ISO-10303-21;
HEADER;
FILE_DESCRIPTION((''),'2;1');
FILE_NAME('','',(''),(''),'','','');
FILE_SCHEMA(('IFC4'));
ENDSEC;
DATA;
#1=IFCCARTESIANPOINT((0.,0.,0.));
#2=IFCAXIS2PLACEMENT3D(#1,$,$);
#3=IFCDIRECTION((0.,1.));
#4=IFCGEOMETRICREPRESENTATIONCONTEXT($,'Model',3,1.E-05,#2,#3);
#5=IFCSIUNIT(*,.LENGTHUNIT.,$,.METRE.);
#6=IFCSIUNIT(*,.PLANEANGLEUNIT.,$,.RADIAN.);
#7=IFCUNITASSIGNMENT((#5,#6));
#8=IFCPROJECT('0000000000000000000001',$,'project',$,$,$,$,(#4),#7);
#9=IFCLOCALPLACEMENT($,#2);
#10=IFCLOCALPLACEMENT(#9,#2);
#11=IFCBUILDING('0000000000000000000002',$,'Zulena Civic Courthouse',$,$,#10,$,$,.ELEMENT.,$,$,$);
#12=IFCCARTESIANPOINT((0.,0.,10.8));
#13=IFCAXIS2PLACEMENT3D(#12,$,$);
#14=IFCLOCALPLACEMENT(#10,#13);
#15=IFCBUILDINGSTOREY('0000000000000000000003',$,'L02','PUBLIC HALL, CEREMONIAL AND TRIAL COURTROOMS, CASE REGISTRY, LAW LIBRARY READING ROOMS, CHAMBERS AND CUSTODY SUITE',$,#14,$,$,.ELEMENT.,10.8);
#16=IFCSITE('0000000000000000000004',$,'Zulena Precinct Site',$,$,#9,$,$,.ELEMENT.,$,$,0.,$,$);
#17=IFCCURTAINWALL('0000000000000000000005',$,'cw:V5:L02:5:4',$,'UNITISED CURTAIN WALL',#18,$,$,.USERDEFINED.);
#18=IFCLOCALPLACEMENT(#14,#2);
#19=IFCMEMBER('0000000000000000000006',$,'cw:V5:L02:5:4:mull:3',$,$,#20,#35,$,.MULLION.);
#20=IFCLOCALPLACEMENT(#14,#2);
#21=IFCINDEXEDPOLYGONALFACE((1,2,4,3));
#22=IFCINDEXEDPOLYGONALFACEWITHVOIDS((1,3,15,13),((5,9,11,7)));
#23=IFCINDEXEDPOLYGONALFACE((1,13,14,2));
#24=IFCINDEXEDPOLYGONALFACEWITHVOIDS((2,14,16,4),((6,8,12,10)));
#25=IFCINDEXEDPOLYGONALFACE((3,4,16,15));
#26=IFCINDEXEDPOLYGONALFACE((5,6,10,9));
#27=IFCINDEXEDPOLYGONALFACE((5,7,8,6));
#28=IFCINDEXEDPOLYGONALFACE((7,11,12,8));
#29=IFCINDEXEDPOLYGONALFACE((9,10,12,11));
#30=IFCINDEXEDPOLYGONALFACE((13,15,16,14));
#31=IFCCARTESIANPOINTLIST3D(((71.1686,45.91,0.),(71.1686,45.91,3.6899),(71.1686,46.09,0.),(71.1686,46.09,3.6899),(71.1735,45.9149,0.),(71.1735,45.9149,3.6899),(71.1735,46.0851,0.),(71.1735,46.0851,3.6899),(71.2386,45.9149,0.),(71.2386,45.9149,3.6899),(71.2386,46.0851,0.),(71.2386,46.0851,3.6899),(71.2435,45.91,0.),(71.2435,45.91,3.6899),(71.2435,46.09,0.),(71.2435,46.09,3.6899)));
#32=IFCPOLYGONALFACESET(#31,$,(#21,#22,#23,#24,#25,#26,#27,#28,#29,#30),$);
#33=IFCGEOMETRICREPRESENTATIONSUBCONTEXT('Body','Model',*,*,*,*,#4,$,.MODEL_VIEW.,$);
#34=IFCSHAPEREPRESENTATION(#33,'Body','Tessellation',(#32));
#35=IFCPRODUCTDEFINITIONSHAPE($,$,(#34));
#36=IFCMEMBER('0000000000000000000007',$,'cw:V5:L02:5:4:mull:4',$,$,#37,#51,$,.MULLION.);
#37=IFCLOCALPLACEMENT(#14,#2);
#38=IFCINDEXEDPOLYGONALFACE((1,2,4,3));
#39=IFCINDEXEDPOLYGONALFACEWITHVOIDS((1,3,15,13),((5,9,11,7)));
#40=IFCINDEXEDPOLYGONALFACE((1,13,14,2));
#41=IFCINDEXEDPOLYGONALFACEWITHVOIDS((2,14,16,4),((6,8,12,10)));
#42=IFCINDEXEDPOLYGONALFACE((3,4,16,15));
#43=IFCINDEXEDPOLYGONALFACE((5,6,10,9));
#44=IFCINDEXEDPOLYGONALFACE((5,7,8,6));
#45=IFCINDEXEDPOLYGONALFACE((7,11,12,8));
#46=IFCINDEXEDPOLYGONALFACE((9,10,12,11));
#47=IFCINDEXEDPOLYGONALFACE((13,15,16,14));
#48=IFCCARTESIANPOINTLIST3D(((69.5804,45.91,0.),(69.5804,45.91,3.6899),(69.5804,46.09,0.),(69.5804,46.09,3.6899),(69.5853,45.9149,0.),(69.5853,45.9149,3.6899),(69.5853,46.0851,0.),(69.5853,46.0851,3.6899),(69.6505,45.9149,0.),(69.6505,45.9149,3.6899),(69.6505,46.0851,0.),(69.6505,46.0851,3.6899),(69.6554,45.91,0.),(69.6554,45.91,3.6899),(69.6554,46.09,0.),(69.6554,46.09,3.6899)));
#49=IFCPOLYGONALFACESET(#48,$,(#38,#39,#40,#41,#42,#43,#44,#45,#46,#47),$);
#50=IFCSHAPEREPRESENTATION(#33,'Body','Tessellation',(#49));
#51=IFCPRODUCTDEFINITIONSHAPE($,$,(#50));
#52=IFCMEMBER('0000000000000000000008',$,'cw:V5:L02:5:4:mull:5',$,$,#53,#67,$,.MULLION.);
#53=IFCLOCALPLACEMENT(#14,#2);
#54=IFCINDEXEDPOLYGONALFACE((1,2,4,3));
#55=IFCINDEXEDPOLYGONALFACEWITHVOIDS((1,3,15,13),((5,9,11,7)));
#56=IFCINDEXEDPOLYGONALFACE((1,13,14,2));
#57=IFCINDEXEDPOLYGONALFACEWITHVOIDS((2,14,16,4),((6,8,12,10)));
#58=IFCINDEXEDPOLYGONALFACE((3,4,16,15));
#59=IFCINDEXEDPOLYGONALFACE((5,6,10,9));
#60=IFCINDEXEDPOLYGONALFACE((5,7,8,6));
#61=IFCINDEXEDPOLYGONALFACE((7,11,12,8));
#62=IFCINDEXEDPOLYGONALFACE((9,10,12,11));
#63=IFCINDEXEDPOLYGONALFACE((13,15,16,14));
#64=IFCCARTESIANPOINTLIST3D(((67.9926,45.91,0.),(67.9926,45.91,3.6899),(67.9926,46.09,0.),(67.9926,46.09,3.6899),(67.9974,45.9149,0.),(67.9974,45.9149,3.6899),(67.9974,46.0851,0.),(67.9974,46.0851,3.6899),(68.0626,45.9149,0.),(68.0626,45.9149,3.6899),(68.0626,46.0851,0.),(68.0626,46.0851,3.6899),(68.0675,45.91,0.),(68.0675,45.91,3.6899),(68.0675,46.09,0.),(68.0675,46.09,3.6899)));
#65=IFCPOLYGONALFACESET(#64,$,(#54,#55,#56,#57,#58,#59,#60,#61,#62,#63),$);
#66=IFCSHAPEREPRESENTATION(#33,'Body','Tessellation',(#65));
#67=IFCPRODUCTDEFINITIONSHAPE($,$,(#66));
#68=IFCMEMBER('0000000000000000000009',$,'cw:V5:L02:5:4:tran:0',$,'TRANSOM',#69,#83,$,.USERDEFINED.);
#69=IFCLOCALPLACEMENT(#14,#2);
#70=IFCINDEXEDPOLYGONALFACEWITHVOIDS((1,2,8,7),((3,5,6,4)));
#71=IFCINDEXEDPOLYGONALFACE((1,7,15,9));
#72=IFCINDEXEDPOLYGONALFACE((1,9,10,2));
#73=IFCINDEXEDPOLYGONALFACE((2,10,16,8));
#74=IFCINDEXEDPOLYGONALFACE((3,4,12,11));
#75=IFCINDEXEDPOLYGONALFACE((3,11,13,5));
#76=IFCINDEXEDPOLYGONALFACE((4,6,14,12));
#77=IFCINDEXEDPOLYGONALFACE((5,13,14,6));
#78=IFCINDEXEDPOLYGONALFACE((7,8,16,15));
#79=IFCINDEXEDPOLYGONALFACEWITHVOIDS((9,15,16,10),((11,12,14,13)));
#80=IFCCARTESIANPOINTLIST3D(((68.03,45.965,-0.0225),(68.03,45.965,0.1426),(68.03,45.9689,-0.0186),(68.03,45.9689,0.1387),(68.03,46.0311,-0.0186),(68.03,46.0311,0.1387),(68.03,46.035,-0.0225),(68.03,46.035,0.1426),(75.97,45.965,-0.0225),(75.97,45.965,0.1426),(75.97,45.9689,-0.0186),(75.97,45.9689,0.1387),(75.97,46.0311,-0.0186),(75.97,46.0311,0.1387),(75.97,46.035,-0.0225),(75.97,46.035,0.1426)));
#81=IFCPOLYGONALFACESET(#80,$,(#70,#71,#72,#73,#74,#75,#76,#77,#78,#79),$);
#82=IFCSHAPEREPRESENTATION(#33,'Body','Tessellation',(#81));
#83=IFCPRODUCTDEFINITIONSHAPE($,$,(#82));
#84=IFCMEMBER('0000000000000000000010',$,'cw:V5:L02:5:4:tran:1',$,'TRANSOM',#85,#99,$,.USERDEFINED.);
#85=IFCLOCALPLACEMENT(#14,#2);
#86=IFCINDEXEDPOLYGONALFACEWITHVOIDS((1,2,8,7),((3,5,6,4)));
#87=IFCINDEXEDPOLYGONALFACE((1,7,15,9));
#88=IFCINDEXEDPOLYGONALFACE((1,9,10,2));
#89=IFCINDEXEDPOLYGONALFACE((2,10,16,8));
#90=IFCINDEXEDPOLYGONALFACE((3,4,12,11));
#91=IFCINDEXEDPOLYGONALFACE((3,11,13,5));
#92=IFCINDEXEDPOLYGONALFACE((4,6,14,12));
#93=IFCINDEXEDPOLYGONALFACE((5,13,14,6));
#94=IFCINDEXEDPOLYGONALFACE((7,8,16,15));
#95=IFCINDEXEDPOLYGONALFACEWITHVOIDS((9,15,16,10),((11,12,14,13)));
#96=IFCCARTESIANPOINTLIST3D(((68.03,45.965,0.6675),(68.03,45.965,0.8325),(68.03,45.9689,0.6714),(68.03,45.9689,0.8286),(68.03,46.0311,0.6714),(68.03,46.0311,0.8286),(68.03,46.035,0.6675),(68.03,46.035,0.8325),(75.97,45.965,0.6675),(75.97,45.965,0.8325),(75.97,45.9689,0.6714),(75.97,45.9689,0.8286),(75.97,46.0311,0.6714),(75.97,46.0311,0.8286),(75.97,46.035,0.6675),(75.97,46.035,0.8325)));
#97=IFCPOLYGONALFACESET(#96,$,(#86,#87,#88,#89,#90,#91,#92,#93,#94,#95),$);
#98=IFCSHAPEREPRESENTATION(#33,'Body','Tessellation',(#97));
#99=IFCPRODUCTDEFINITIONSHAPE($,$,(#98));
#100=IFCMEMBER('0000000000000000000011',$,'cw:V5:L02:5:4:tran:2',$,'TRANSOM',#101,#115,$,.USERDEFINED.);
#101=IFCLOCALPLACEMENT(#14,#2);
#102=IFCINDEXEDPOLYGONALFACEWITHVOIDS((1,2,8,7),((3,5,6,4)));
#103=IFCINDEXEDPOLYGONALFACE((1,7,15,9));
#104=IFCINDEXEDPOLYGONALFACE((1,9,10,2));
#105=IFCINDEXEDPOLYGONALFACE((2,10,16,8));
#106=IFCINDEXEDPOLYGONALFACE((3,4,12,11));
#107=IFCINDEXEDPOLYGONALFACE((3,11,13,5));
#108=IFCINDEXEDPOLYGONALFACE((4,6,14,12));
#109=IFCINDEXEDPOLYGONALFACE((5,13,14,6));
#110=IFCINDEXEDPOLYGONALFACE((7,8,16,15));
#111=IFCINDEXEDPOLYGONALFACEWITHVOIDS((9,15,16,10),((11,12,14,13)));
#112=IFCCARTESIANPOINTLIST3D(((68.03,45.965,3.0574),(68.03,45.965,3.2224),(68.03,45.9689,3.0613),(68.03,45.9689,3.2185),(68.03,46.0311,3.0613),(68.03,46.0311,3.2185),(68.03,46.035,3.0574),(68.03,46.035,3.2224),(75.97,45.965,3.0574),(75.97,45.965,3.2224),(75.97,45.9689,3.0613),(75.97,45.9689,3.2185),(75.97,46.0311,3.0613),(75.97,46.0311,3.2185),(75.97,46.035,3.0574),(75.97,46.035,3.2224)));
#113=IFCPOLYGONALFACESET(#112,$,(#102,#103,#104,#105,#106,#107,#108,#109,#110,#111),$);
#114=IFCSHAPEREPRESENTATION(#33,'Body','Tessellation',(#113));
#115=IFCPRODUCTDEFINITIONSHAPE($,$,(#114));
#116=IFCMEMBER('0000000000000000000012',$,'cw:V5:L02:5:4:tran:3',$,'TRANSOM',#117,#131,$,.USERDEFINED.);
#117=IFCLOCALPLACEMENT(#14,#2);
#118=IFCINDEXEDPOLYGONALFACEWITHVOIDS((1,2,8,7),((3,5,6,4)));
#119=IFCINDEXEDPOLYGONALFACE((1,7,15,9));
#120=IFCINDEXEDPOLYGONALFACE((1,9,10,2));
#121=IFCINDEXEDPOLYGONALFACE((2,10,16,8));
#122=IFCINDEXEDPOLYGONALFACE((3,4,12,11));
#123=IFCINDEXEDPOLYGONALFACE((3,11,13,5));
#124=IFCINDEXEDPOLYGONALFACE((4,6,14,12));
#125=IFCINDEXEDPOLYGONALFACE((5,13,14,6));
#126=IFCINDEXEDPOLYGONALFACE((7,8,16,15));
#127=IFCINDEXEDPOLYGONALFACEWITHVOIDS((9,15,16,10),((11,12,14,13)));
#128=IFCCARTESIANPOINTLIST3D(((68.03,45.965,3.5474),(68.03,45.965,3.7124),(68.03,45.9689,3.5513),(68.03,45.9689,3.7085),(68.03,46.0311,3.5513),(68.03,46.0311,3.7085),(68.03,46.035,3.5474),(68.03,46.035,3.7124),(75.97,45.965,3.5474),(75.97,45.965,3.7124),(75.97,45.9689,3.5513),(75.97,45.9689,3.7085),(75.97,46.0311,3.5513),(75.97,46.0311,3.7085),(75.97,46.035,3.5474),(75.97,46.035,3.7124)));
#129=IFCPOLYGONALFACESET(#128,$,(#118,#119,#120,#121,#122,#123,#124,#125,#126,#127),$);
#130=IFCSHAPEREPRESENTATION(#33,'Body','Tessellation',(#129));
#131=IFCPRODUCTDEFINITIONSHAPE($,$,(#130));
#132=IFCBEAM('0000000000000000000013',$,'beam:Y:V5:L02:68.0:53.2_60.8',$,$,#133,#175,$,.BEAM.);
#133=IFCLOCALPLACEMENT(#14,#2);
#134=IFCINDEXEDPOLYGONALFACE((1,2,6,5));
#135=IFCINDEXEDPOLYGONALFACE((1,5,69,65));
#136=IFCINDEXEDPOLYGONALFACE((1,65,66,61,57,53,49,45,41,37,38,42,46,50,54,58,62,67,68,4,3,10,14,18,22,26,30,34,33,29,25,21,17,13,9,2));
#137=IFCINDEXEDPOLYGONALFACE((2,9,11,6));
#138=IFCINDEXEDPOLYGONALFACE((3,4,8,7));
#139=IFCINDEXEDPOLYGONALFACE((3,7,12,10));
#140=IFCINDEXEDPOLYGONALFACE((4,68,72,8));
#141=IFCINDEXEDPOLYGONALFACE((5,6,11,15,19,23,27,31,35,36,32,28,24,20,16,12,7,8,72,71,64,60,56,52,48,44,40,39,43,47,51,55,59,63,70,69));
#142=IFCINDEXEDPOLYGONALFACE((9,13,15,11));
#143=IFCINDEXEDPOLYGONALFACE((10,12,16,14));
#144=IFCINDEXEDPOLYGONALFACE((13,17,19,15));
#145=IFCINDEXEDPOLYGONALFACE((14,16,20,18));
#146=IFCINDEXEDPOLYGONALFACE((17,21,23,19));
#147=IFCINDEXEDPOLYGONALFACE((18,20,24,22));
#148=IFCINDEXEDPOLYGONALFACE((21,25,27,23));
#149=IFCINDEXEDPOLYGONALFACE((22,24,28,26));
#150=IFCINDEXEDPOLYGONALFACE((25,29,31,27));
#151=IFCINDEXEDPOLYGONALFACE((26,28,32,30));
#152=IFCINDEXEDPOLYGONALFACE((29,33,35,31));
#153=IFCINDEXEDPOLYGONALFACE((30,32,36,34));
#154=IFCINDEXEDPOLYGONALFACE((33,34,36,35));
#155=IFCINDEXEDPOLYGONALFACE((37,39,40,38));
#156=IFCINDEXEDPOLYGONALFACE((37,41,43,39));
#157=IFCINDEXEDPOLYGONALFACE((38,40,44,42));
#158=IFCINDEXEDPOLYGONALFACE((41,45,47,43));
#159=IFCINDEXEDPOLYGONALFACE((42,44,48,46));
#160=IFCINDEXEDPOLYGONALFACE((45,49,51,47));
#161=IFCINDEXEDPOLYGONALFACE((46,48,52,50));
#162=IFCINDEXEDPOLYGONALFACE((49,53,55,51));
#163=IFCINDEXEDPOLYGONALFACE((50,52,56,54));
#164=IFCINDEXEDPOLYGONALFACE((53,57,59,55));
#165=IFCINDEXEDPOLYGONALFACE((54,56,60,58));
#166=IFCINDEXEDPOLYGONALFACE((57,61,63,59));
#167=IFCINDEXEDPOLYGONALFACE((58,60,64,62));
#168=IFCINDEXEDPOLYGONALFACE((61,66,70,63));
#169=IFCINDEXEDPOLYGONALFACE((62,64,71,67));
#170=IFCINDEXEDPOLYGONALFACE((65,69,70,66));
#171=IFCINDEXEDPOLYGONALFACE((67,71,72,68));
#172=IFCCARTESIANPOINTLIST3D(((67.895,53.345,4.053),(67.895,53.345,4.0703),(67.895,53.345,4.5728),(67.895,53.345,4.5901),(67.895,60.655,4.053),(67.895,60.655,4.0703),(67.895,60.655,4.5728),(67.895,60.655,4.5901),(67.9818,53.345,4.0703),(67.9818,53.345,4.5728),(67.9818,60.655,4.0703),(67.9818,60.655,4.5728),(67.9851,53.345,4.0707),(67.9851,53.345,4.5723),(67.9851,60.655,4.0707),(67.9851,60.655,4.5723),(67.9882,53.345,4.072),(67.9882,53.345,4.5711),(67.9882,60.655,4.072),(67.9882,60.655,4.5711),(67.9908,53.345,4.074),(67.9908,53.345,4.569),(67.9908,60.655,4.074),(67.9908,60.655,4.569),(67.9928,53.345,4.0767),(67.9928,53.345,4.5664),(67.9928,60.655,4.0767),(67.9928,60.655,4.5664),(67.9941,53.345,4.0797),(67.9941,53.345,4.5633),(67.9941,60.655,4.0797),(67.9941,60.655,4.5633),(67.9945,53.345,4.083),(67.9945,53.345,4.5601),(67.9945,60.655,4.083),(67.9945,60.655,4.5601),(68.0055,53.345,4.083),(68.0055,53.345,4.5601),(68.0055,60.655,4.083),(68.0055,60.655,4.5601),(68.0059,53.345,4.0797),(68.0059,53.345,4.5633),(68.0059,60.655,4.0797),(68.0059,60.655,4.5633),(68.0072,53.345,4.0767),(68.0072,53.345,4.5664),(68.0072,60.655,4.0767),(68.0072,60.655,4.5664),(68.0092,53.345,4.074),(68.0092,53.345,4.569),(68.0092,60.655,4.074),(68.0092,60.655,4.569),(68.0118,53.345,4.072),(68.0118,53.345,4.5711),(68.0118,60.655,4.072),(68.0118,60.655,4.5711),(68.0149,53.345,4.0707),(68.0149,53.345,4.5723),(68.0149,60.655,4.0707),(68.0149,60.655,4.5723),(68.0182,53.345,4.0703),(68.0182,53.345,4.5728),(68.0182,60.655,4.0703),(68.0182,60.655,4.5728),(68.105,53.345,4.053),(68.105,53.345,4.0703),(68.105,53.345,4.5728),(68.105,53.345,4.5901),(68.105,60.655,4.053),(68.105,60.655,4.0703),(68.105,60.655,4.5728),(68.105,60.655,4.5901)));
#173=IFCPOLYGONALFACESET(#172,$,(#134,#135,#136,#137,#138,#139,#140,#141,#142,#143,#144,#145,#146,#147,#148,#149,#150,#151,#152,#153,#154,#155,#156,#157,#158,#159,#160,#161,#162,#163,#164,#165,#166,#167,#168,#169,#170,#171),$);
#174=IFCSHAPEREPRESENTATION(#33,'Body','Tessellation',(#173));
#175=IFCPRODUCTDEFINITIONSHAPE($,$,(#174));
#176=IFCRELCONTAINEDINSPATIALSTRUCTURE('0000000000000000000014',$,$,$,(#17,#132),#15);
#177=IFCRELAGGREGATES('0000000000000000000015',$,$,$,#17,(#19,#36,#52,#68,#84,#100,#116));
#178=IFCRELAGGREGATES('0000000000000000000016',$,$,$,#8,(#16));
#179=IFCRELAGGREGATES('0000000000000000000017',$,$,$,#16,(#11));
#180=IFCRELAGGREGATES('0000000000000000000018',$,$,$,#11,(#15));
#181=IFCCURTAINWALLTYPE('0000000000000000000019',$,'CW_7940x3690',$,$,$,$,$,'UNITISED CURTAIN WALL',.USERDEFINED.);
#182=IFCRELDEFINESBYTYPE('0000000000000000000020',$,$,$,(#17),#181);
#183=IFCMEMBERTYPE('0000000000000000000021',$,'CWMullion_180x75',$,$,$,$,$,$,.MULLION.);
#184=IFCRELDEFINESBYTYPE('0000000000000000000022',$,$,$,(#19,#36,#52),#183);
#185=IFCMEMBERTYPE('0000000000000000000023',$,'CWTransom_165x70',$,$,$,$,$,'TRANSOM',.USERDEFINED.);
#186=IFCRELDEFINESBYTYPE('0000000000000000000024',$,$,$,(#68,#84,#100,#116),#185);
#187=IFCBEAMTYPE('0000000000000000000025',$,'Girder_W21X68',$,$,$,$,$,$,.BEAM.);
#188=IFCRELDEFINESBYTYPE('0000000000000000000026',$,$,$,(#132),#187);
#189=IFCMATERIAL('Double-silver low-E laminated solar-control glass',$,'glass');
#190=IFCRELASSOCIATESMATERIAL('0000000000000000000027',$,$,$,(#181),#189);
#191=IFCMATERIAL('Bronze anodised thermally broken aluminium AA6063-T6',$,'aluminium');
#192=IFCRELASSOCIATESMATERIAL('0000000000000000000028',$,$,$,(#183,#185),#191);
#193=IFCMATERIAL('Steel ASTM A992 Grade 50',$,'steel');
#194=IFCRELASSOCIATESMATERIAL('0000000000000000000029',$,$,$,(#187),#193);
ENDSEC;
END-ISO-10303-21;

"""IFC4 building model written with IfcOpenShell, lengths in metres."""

from ifc_helpers import new_model, si_unit, direction, frame, origin, origin_2d, place, context, subcontext, project, spatial, hollow_rectangle, i_section, extrude, material, material_profile, profile_set, type_object, element, aggregate, save


model = new_model("IFC4")

# Units and contexts
model_context = context("Model", 3, precision=1e-05, world=origin(), true_north=direction((0.0, 1.0)))
body_context = subcontext(model_context, "Body", "Model", "MODEL_VIEW")
ifc_project = project(units=[si_unit("LENGTHUNIT", "METRE"), si_unit("PLANEANGLEUNIT", "RADIAN")], contexts=[model_context])

# Site, building, storey
site_placement = place(None, origin())
site = spatial("IfcSite", under=ifc_project, at=site_placement, Name="Zulena Precinct Site", CompositionType="ELEMENT", RefElevation=0.0)
building_placement = place(site_placement, origin())
building = spatial("IfcBuilding", under=site, at=building_placement, Name="Zulena Civic Courthouse", CompositionType="ELEMENT")
storey_placement = place(building_placement, frame((0.0, 0.0, 10.8)))
storey = spatial("IfcBuildingStorey", under=building, at=storey_placement, Name="L02", Description="PUBLIC HALL, CEREMONIAL AND TRIAL COURTROOMS, CASE REGISTRY, LAW LIBRARY READING ROOMS, CHAMBERS AND CUSTODY SUITE", CompositionType="ELEMENT", Elevation=10.8)

# Shared definitions
ifc_material_1 = material(Name="Steel ASTM A992 Grade 50", Category="steel")

# Curtain wall, members
ifc_material_2 = material(Name="Double-silver low-E laminated solar-control glass", Category="glass")
curtain_wall_type = type_object("IfcCurtainWallType", Name="CW_7940x3690", ElementType="UNITISED CURTAIN WALL", PredefinedType="USERDEFINED", material=ifc_material_2)
curtain_wall_placement = place(storey_placement, origin())
curtain_wall = element("IfcCurtainWall", 1, at=curtain_wall_placement, inside=storey, type_object=curtain_wall_type, Name="cw:V5:L02:5:4", ObjectType="UNITISED CURTAIN WALL", PredefinedType="USERDEFINED")
ifc_material_3 = material(Name="Bronze anodised thermally broken aluminium AA6063-T6", Category="aluminium")
ifc_material_profile_1 = material_profile(ifc_material_3, hollow_rectangle(XDim=0.075, YDim=0.1799, WallThickness=0.0049, at=origin_2d()), Name="CWM180X75X5")
ifc_profile_set_1 = profile_set([ifc_material_profile_1], Name="Bronze anodised thermally broken aluminium AA6063-T6")
member_type_1 = type_object("IfcMemberType", Name="CWMullion_180x75", PredefinedType="MULLION", material=ifc_profile_set_1)
member_1_placement = place(storey_placement, frame((71.2061, 46.0, 0.0), z_axis=(0.0, 0.0, 1.0), x_axis=(1.0, 0.0, 0.0)))
member_1 = element("IfcMember", 2, at=member_1_placement, type_object=member_type_1, Name="cw:V5:L02:5:4:mull:3", PredefinedType="MULLION", context=body_context, shape_type="SweptSolid", body=[
    extrude(hollow_rectangle(XDim=0.075, YDim=0.1799, WallThickness=0.0049, at=origin_2d()), origin(), (0.0, 0.0, 1.0), 3.6899),
])
member_2_placement = place(storey_placement, frame((69.6179, 46.0, 0.0), z_axis=(0.0, 0.0, 1.0), x_axis=(1.0, 0.0, 0.0)))
member_2 = element("IfcMember", 3, at=member_2_placement, type_object=member_type_1, Name="cw:V5:L02:5:4:mull:4", PredefinedType="MULLION", context=body_context, shape_type="SweptSolid", body=[
    extrude(hollow_rectangle(XDim=0.075, YDim=0.1799, WallThickness=0.0049, at=origin_2d()), origin(), (0.0, 0.0, 1.0), 3.6899),
])
member_3_placement = place(storey_placement, frame((68.03, 46.0, 0.0), z_axis=(0.0, 0.0, 1.0), x_axis=(1.0, 0.0, 0.0)))
member_3 = element("IfcMember", 4, at=member_3_placement, type_object=member_type_1, Name="cw:V5:L02:5:4:mull:5", PredefinedType="MULLION", context=body_context, shape_type="SweptSolid", body=[
    extrude(hollow_rectangle(XDim=0.075, YDim=0.1799, WallThickness=0.0049, at=origin_2d()), origin(), (0.0, 0.0, 1.0), 3.6899),
])
ifc_material_profile_2 = material_profile(ifc_material_3, hollow_rectangle(XDim=0.0701, YDim=0.165, WallThickness=0.0039, at=origin_2d()), Name="CWT165X70X4")
ifc_profile_set_2 = profile_set([ifc_material_profile_2], Name="Bronze anodised thermally broken aluminium AA6063-T6")
member_type_2 = type_object("IfcMemberType", Name="CWTransom_165x70", ElementType="TRANSOM", PredefinedType="USERDEFINED", material=ifc_profile_set_2)
member_4_placement = place(storey_placement, frame((75.97, 46.0, 0.0601), z_axis=(-1.0, 0.0, 0.0), x_axis=(0.0, -1.0, 0.0)))
member_4 = element("IfcMember", 5, at=member_4_placement, type_object=member_type_2, Name="cw:V5:L02:5:4:tran:0", ObjectType="TRANSOM", PredefinedType="USERDEFINED", context=body_context, shape_type="SweptSolid", body=[
    extrude(hollow_rectangle(XDim=0.0701, YDim=0.165, WallThickness=0.0039, at=origin_2d()), origin(), (0.0, 0.0, 1.0), 7.9399),
])
member_5_placement = place(storey_placement, frame((75.97, 46.0, 0.75), z_axis=(-1.0, 0.0, 0.0), x_axis=(0.0, -1.0, 0.0)))
member_5 = element("IfcMember", 6, at=member_5_placement, type_object=member_type_2, Name="cw:V5:L02:5:4:tran:1", ObjectType="TRANSOM", PredefinedType="USERDEFINED", context=body_context, shape_type="SweptSolid", body=[
    extrude(hollow_rectangle(XDim=0.0701, YDim=0.165, WallThickness=0.0039, at=origin_2d()), origin(), (0.0, 0.0, 1.0), 7.9399),
])
member_6_placement = place(storey_placement, frame((75.97, 46.0, 3.1399), z_axis=(-1.0, 0.0, 0.0), x_axis=(0.0, -1.0, 0.0)))
member_6 = element("IfcMember", 7, at=member_6_placement, type_object=member_type_2, Name="cw:V5:L02:5:4:tran:2", ObjectType="TRANSOM", PredefinedType="USERDEFINED", context=body_context, shape_type="SweptSolid", body=[
    extrude(hollow_rectangle(XDim=0.0701, YDim=0.165, WallThickness=0.0039, at=origin_2d()), origin(), (0.0, 0.0, 1.0), 7.9399),
])
member_7_placement = place(storey_placement, frame((75.97, 46.0, 3.6299), z_axis=(-1.0, 0.0, 0.0), x_axis=(0.0, -1.0, 0.0)))
member_7 = element("IfcMember", 8, at=member_7_placement, type_object=member_type_2, Name="cw:V5:L02:5:4:tran:3", ObjectType="TRANSOM", PredefinedType="USERDEFINED", context=body_context, shape_type="SweptSolid", body=[
    extrude(hollow_rectangle(XDim=0.0701, YDim=0.165, WallThickness=0.0039, at=origin_2d()), origin(), (0.0, 0.0, 1.0), 7.9399),
])

# Beam
ifc_material_profile_3 = material_profile(ifc_material_1, i_section(OverallWidth=0.21, OverallDepth=0.5371, WebThickness=0.011, FlangeThickness=0.0173, FilletRadius=0.0127, at=origin_2d()), Name="W21X68")
ifc_profile_set_3 = profile_set([ifc_material_profile_3], Name="Steel ASTM A992 Grade 50")
beam_type_1 = type_object("IfcBeamType", Name="Girder_W21X68", PredefinedType="BEAM", material=ifc_profile_set_3)
for number, where, z_axis, x_axis, name in (
    (9, (68.0, 53.345, 4.3215), (0.0, 1.0, 0.0), (-1.0, 0.0, 0.0), "beam:Y:V5:L02:68.0:53.2_60.8"),
):
    element("IfcBeam", number, at=place(storey_placement, frame(where, z_axis=z_axis, x_axis=x_axis)), inside=storey, type_object=beam_type_1, Name=name, PredefinedType="BEAM", context=body_context, shape_type="SweptSolid", body=[
        extrude(i_section(OverallWidth=0.21, OverallDepth=0.5371, WebThickness=0.011, FlangeThickness=0.0173, FilletRadius=0.0127, at=origin_2d()), origin(), (0.0, 0.0, 1.0), 7.3101),
    ])

aggregate(curtain_wall, [member_1, member_2, member_3, member_4, member_5, member_6, member_7])

save(model, "model.ifc")
